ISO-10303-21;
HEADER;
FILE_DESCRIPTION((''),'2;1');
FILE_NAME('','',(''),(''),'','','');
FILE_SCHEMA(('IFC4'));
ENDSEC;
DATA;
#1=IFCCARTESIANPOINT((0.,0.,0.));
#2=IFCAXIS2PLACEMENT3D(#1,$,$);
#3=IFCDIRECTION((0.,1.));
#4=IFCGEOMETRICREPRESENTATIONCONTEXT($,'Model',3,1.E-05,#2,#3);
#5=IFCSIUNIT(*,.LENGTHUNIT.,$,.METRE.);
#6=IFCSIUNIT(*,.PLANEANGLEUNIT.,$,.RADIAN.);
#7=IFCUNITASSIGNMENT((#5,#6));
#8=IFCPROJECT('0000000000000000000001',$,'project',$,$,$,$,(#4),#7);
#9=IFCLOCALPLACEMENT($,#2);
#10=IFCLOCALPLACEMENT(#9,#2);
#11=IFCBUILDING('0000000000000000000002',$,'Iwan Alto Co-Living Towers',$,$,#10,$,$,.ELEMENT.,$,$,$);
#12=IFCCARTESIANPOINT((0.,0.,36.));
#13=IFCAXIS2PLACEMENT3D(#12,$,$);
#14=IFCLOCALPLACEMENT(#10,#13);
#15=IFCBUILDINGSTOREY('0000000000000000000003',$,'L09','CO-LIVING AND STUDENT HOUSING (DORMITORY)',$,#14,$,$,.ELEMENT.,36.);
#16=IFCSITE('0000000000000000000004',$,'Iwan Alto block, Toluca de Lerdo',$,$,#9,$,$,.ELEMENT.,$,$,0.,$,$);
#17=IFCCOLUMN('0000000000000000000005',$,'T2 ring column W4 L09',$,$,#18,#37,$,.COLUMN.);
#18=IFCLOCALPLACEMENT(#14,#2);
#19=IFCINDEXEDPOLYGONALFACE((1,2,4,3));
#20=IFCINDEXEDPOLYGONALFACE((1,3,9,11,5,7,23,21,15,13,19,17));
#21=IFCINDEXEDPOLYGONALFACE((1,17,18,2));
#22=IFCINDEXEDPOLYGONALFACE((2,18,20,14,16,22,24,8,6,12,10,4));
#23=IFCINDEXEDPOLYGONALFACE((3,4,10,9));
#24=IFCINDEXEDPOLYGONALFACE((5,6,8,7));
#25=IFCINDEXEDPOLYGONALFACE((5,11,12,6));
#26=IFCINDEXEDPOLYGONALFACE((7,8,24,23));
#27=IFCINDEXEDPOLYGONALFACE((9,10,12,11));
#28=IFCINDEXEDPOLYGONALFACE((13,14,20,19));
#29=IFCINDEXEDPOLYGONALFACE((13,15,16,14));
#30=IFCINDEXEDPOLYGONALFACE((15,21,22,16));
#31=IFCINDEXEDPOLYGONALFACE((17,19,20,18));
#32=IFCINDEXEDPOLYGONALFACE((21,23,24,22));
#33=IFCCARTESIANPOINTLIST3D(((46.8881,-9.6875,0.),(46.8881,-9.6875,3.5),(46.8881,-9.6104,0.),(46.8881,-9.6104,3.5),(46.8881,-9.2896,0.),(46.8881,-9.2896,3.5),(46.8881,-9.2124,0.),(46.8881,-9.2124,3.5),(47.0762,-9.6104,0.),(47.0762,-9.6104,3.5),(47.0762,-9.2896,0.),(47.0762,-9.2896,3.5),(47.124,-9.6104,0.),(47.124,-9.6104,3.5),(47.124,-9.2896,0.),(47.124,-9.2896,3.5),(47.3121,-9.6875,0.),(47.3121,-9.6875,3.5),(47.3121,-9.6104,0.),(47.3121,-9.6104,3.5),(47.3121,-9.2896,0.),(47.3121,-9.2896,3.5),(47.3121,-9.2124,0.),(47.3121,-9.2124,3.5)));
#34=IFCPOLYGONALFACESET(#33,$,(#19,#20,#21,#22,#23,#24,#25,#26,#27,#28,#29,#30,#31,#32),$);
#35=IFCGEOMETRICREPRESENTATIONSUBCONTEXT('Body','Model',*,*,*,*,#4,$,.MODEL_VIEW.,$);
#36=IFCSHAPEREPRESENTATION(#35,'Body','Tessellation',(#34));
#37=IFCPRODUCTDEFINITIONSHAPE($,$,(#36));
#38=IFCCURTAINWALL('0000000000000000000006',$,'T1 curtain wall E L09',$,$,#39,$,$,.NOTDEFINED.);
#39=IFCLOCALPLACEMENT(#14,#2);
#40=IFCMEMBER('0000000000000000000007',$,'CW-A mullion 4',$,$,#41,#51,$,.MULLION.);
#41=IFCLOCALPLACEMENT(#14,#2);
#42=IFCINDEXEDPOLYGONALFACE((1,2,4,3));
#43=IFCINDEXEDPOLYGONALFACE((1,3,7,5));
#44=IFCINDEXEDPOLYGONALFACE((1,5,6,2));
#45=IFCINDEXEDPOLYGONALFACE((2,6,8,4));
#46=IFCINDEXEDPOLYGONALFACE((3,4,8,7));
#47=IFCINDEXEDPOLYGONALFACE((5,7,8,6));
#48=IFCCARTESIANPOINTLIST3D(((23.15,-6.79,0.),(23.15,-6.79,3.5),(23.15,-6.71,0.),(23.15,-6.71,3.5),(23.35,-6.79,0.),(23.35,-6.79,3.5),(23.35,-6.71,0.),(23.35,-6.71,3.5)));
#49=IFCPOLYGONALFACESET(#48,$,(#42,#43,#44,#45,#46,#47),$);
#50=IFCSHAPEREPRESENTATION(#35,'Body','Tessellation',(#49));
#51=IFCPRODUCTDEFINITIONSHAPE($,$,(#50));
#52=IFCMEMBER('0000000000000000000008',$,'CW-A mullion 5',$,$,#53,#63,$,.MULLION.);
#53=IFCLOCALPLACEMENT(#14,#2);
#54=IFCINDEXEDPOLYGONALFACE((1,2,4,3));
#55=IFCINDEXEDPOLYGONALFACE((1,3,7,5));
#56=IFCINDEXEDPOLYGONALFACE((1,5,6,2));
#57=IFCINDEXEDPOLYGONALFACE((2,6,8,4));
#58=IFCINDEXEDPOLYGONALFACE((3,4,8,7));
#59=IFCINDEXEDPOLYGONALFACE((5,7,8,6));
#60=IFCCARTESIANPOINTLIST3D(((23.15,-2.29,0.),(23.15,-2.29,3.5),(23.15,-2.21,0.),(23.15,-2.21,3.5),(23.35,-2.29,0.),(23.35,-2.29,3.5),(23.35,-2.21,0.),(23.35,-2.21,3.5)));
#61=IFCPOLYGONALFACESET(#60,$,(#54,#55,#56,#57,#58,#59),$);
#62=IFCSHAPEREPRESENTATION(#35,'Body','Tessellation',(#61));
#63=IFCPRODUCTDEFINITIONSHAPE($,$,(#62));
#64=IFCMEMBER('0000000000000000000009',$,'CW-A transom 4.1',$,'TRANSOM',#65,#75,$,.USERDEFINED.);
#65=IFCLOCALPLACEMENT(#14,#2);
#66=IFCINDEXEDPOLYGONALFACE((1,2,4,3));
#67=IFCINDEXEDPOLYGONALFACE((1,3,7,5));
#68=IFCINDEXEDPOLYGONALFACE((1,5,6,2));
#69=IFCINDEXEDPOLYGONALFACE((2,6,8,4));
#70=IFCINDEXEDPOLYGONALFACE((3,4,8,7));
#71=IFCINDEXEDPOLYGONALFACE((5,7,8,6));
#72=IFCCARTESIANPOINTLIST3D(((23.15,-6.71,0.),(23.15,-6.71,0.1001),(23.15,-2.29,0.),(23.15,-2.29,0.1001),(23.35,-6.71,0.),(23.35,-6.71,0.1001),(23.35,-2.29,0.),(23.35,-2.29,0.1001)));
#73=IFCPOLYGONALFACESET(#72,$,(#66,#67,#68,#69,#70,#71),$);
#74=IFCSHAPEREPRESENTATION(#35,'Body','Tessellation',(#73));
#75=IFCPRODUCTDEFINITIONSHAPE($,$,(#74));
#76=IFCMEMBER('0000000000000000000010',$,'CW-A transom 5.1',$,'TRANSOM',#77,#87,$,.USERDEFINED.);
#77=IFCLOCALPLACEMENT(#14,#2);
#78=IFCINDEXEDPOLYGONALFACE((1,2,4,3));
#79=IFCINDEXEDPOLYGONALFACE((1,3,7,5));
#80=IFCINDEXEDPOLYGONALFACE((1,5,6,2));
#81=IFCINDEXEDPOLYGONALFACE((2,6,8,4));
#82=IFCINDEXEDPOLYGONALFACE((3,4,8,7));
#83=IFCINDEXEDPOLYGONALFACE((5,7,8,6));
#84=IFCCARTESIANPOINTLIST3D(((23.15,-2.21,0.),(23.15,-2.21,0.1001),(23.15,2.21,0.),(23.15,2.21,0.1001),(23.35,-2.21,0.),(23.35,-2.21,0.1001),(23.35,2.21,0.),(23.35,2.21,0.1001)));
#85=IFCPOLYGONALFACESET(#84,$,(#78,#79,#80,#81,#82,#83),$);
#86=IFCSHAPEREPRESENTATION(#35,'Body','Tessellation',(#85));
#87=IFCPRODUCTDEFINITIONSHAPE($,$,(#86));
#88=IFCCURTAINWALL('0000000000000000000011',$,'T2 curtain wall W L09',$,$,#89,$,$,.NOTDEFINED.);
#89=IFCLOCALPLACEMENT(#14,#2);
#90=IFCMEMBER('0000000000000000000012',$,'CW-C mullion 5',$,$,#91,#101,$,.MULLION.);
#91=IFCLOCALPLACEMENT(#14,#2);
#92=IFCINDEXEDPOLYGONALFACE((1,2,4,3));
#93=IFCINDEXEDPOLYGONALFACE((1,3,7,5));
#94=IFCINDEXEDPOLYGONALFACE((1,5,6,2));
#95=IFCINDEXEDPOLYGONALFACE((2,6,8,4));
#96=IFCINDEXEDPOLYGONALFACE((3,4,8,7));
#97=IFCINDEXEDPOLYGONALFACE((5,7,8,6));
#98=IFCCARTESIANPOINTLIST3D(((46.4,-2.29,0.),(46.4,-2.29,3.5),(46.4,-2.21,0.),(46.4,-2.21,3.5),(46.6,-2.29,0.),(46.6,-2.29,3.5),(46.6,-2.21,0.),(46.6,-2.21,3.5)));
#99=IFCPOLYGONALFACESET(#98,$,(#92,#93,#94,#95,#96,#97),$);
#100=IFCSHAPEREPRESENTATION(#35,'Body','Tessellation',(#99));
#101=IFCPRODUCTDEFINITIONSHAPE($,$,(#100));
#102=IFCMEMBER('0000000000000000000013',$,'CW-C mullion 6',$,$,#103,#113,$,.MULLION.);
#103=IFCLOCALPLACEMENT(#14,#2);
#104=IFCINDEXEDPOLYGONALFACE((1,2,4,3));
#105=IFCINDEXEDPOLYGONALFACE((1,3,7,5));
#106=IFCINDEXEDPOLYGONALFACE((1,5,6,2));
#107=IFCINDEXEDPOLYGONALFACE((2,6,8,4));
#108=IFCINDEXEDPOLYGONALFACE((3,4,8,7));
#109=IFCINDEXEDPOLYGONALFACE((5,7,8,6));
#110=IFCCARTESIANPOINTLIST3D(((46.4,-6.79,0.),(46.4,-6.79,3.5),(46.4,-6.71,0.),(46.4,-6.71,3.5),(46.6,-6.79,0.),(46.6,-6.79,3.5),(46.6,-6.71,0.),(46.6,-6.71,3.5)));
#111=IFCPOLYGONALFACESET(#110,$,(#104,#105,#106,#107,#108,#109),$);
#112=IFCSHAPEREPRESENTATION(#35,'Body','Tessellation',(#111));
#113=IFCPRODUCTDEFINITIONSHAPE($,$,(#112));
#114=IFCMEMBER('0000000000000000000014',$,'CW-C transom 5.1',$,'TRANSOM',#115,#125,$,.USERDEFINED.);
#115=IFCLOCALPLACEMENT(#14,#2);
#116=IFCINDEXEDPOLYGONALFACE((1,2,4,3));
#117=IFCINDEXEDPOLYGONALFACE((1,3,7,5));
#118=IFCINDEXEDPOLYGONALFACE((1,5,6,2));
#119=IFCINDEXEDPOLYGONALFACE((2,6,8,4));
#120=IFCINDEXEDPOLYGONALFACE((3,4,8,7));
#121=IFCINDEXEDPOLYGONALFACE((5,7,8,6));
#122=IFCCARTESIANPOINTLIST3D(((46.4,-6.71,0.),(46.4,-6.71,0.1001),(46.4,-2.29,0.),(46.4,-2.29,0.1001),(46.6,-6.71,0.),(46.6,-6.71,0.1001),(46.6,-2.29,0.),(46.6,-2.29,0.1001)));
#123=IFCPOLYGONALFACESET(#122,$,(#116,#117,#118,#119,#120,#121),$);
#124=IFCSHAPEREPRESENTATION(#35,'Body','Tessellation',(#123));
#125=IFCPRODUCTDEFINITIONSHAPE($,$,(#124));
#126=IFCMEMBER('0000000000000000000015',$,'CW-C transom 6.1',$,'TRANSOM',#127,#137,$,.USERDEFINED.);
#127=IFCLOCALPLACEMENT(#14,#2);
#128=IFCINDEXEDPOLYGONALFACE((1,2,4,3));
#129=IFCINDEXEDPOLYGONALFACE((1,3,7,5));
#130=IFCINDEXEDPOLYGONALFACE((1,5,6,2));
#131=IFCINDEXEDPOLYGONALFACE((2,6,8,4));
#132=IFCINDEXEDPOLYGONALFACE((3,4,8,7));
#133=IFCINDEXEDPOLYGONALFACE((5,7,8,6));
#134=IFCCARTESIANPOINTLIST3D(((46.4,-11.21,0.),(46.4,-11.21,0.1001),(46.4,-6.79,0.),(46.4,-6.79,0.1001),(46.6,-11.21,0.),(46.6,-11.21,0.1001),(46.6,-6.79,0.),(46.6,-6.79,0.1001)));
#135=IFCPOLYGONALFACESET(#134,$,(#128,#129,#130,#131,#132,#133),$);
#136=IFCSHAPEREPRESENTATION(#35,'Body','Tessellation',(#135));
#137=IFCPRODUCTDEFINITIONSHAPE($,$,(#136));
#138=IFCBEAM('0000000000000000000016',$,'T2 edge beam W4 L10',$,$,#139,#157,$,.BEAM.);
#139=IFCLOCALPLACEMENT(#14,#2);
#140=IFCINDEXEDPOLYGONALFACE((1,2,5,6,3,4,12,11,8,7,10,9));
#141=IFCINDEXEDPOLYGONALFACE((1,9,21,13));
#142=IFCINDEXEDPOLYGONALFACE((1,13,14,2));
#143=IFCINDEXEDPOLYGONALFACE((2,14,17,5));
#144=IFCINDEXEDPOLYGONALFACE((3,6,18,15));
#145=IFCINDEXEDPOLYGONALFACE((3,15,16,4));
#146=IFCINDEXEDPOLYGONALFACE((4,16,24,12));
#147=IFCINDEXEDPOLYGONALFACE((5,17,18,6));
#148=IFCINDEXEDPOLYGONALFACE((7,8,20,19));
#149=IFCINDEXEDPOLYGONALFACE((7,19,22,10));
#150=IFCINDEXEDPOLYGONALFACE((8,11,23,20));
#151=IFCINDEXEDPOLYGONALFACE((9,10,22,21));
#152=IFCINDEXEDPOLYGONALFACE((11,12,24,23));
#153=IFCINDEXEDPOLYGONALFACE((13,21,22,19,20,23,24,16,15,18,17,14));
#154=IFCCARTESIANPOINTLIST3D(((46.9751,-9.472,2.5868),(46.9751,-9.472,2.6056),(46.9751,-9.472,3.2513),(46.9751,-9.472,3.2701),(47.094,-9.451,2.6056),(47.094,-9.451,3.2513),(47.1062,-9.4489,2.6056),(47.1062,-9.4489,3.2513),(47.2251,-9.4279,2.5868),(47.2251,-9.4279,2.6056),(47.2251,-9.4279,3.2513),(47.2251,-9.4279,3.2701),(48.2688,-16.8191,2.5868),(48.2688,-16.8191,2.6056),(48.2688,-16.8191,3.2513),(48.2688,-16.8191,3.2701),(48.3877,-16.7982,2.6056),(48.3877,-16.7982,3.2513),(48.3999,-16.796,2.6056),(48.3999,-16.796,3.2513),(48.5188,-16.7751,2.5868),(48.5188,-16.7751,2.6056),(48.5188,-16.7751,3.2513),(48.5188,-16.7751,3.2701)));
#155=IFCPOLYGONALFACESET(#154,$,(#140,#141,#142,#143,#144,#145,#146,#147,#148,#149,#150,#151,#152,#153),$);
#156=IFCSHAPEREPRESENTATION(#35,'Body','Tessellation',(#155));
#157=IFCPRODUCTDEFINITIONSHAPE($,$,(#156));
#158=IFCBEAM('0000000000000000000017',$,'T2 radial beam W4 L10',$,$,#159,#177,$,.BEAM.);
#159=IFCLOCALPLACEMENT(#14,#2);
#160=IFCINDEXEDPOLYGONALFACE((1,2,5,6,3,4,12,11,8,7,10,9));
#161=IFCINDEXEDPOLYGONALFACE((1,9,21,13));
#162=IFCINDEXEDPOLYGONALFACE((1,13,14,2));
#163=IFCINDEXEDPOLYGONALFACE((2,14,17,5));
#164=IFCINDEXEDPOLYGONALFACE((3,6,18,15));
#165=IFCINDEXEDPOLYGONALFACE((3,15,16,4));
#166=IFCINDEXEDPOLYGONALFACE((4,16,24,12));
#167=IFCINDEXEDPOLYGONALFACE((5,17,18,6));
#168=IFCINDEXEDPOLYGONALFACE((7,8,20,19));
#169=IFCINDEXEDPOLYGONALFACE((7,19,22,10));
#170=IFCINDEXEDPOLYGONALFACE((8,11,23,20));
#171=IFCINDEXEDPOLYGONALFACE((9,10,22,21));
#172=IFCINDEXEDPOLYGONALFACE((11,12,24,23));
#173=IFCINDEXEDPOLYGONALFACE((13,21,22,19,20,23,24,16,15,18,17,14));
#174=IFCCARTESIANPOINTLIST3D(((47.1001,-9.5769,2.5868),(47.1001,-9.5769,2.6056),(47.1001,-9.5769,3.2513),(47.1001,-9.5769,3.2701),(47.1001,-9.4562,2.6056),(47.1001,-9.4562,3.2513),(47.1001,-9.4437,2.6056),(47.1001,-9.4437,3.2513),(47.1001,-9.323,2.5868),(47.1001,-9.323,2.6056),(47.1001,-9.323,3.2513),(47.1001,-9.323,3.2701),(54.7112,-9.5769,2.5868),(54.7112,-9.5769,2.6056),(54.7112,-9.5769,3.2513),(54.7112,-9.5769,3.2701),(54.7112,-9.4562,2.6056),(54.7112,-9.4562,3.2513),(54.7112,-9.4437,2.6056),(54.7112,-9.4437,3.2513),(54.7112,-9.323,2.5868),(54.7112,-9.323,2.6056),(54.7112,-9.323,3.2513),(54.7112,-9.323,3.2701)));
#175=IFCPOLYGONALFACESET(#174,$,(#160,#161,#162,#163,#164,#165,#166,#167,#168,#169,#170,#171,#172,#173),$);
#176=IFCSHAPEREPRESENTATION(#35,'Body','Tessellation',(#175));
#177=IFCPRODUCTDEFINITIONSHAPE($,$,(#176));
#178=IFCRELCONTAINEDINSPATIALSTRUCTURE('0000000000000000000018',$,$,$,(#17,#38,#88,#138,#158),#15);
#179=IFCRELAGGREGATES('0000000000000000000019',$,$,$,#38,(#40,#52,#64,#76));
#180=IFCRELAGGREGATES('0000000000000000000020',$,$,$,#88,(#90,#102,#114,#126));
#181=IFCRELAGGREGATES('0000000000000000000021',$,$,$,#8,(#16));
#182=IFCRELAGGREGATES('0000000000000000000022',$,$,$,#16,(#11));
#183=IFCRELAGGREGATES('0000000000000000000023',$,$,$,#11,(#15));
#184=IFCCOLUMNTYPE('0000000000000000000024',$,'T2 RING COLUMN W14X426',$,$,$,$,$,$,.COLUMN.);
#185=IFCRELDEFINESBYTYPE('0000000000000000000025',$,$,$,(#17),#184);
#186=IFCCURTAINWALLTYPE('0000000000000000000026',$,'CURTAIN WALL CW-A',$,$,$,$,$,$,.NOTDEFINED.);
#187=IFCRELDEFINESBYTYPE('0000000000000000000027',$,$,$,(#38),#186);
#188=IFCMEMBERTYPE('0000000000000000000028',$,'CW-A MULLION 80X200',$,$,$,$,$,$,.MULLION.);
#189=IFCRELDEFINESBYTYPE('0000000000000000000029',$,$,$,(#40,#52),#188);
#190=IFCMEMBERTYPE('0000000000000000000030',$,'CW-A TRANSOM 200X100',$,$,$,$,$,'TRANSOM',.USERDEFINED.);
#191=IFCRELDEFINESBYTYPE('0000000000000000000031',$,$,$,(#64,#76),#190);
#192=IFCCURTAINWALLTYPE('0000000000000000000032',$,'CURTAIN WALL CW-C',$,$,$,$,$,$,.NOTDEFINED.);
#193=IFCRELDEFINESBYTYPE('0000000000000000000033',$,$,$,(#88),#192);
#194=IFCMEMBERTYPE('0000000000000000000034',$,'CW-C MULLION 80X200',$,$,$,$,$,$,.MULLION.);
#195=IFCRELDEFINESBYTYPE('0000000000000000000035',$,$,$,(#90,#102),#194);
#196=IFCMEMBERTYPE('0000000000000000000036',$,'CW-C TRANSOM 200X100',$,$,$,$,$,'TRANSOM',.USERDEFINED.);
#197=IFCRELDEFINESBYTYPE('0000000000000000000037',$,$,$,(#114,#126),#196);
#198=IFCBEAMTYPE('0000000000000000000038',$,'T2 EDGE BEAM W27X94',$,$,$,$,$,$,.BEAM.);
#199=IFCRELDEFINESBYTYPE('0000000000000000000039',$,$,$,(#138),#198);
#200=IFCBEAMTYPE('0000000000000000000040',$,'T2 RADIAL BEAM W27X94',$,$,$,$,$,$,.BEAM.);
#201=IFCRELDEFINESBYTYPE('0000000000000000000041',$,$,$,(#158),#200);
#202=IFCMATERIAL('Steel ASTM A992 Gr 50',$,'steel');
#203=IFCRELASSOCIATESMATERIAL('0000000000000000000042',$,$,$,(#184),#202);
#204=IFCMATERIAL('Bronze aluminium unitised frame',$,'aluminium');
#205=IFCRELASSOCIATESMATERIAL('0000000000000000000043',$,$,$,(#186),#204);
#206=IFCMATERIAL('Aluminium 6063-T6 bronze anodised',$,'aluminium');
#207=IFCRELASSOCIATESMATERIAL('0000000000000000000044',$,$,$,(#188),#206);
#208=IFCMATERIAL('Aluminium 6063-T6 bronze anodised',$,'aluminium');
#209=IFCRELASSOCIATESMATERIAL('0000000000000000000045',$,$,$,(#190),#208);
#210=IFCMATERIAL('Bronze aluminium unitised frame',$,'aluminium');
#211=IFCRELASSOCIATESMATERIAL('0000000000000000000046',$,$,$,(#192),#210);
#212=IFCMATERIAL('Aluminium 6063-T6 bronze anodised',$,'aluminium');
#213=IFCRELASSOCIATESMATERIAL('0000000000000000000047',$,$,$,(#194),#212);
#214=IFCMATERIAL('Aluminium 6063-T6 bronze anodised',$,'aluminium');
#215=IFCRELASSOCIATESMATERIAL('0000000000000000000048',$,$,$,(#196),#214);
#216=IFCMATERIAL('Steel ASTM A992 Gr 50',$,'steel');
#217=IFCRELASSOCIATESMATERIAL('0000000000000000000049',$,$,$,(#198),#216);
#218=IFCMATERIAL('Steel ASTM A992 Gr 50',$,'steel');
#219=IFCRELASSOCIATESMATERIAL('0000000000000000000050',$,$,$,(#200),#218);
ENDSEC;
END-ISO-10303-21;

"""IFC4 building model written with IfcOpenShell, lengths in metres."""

from ifc_helpers import new_model, si_unit, direction, frame, origin, origin_2d, place, context, subcontext, project, spatial, rectangle, i_section, extrude, material, material_profile, profile_set, type_object, element, aggregate, save


model = new_model("IFC4")

# Units and contexts
model_context = context("Model", 3, precision=1e-05, world=origin(), true_north=direction((0.0, 1.0)))
body_context = subcontext(model_context, "Body", "Model", "MODEL_VIEW")
ifc_project = project(units=[si_unit("LENGTHUNIT", "METRE"), si_unit("PLANEANGLEUNIT", "RADIAN")], contexts=[model_context])

# Site, building, storey
site_placement = place(None, origin())
site = spatial("IfcSite", under=ifc_project, at=site_placement, Name="Iwan Alto block, Toluca de Lerdo", CompositionType="ELEMENT", RefElevation=0.0)
building_placement = place(site_placement, origin())
building = spatial("IfcBuilding", under=site, at=building_placement, Name="Iwan Alto Co-Living Towers", CompositionType="ELEMENT")
storey_placement = place(building_placement, frame((0.0, 0.0, 36.0)))
storey = spatial("IfcBuildingStorey", under=building, at=storey_placement, Name="L09", Description="CO-LIVING AND STUDENT HOUSING (DORMITORY)", CompositionType="ELEMENT", Elevation=36.0)

# Column
ifc_material_1 = material(Name="Steel ASTM A992 Gr 50", Category="steel")
ifc_material_profile_1 = material_profile(ifc_material_1, i_section(OverallWidth=0.4241, OverallDepth=0.4751, WebThickness=0.0479, FlangeThickness=0.0771, at=origin_2d()), Name="W14X426")
ifc_profile_set_1 = profile_set([ifc_material_profile_1], Name="Steel ASTM A992 Gr 50")
column_type = type_object("IfcColumnType", Name="T2 RING COLUMN W14X426", PredefinedType="COLUMN", material=ifc_profile_set_1)
column_placement = place(storey_placement, frame((47.1001, -9.45, 0.0), z_axis=(0.0, 0.0, 1.0), x_axis=(1.0, 0.0, 0.0)))
element("IfcColumn", 1, at=column_placement, inside=storey, type_object=column_type, Name="T2 ring column W4 L09", PredefinedType="COLUMN", context=body_context, shape_type="SweptSolid", body=[
    extrude(i_section(OverallWidth=0.4241, OverallDepth=0.4751, WebThickness=0.0479, FlangeThickness=0.0771, at=origin_2d()), origin(), (0.0, 0.0, 1.0), 3.5),
])

# Curtain walls, members
ifc_material_2 = material(Name="Bronze aluminium unitised frame", Category="aluminium")
curtain_wall_type_1 = type_object("IfcCurtainWallType", Name="CURTAIN WALL CW-A", PredefinedType="NOTDEFINED", material=ifc_material_2)
curtain_wall_1_placement = place(storey_placement, origin())
curtain_wall_1 = element("IfcCurtainWall", 2, at=curtain_wall_1_placement, inside=storey, type_object=curtain_wall_type_1, Name="T1 curtain wall E L09", PredefinedType="NOTDEFINED")
ifc_material_3 = material(Name="Aluminium 6063-T6 bronze anodised", Category="aluminium")
ifc_material_profile_2 = material_profile(ifc_material_3, rectangle(XDim=0.2, YDim=0.0801, at=origin_2d()), Name="AL 80X200")
ifc_profile_set_2 = profile_set([ifc_material_profile_2], Name="Aluminium 6063-T6 bronze anodised")
member_type_1 = type_object("IfcMemberType", Name="CW-A MULLION 80X200", PredefinedType="MULLION", material=ifc_profile_set_2)
member_1_placement = place(storey_placement, frame((23.25, -6.75, 0.0), z_axis=(0.0, 0.0, 1.0), x_axis=(-1.0, 0.0, 0.0)))
member_1 = element("IfcMember", 3, at=member_1_placement, type_object=member_type_1, Name="CW-A mullion 4", PredefinedType="MULLION", context=body_context, shape_type="SweptSolid", body=[
    extrude(rectangle(XDim=0.2, YDim=0.0801, at=origin_2d()), origin(), (0.0, 0.0, 1.0), 3.5),
])
member_2_placement = place(storey_placement, frame((23.25, -2.25, 0.0), z_axis=(0.0, 0.0, 1.0), x_axis=(-1.0, 0.0, 0.0)))
member_2 = element("IfcMember", 4, at=member_2_placement, type_object=member_type_1, Name="CW-A mullion 5", PredefinedType="MULLION", context=body_context, shape_type="SweptSolid", body=[
    extrude(rectangle(XDim=0.2, YDim=0.0801, at=origin_2d()), origin(), (0.0, 0.0, 1.0), 3.5),
])
ifc_material_4 = material(Name="Aluminium 6063-T6 bronze anodised", Category="aluminium")
ifc_material_profile_3 = material_profile(ifc_material_4, rectangle(XDim=0.2, YDim=0.1001, at=origin_2d()), Name="AL 200X100")
ifc_profile_set_3 = profile_set([ifc_material_profile_3], Name="Aluminium 6063-T6 bronze anodised")
member_type_2 = type_object("IfcMemberType", Name="CW-A TRANSOM 200X100", ElementType="TRANSOM", PredefinedType="USERDEFINED", material=ifc_profile_set_3)
member_3_placement = place(storey_placement, frame((23.25, -6.71, 0.05), z_axis=(0.0, 1.0, 0.0), x_axis=(-1.0, 0.0, 0.0)))
member_3 = element("IfcMember", 5, at=member_3_placement, type_object=member_type_2, Name="CW-A transom 4.1", ObjectType="TRANSOM", PredefinedType="USERDEFINED", context=body_context, shape_type="SweptSolid", body=[
    extrude(rectangle(XDim=0.2, YDim=0.1001, at=origin_2d()), origin(), (0.0, 0.0, 1.0), 4.4199),
])
member_4_placement = place(storey_placement, frame((23.25, -2.21, 0.05), z_axis=(0.0, 1.0, 0.0), x_axis=(-1.0, 0.0, 0.0)))
member_4 = element("IfcMember", 6, at=member_4_placement, type_object=member_type_2, Name="CW-A transom 5.1", ObjectType="TRANSOM", PredefinedType="USERDEFINED", context=body_context, shape_type="SweptSolid", body=[
    extrude(rectangle(XDim=0.2, YDim=0.1001, at=origin_2d()), origin(), (0.0, 0.0, 1.0), 4.4199),
])
ifc_material_5 = material(Name="Bronze aluminium unitised frame", Category="aluminium")
curtain_wall_type_2 = type_object("IfcCurtainWallType", Name="CURTAIN WALL CW-C", PredefinedType="NOTDEFINED", material=ifc_material_5)
curtain_wall_2_placement = place(storey_placement, origin())
curtain_wall_2 = element("IfcCurtainWall", 7, at=curtain_wall_2_placement, inside=storey, type_object=curtain_wall_type_2, Name="T2 curtain wall W L09", PredefinedType="NOTDEFINED")
ifc_material_6 = material(Name="Aluminium 6063-T6 bronze anodised", Category="aluminium")
ifc_material_profile_4 = material_profile(ifc_material_6, rectangle(XDim=0.2, YDim=0.0801, at=origin_2d()), Name="AL 80X200")
ifc_profile_set_4 = profile_set([ifc_material_profile_4], Name="Aluminium 6063-T6 bronze anodised")
member_type_3 = type_object("IfcMemberType", Name="CW-C MULLION 80X200", PredefinedType="MULLION", material=ifc_profile_set_4)
member_5_placement = place(storey_placement, frame((46.5, -2.25, 0.0), z_axis=(0.0, 0.0, 1.0), x_axis=(1.0, 0.0, 0.0)))
member_5 = element("IfcMember", 8, at=member_5_placement, type_object=member_type_3, Name="CW-C mullion 5", PredefinedType="MULLION", context=body_context, shape_type="SweptSolid", body=[
    extrude(rectangle(XDim=0.2, YDim=0.0801, at=origin_2d()), origin(), (0.0, 0.0, 1.0), 3.5),
])
member_6_placement = place(storey_placement, frame((46.5, -6.75, 0.0), z_axis=(0.0, 0.0, 1.0), x_axis=(1.0, 0.0, 0.0)))
member_6 = element("IfcMember", 9, at=member_6_placement, type_object=member_type_3, Name="CW-C mullion 6", PredefinedType="MULLION", context=body_context, shape_type="SweptSolid", body=[
    extrude(rectangle(XDim=0.2, YDim=0.0801, at=origin_2d()), origin(), (0.0, 0.0, 1.0), 3.5),
])
ifc_material_7 = material(Name="Aluminium 6063-T6 bronze anodised", Category="aluminium")
ifc_material_profile_5 = material_profile(ifc_material_7, rectangle(XDim=0.2, YDim=0.1001, at=origin_2d()), Name="AL 200X100")
ifc_profile_set_5 = profile_set([ifc_material_profile_5], Name="Aluminium 6063-T6 bronze anodised")
member_type_4 = type_object("IfcMemberType", Name="CW-C TRANSOM 200X100", ElementType="TRANSOM", PredefinedType="USERDEFINED", material=ifc_profile_set_5)
member_7_placement = place(storey_placement, frame((46.5, -2.29, 0.05), z_axis=(0.0, -1.0, 0.0), x_axis=(1.0, 0.0, 0.0)))
member_7 = element("IfcMember", 10, at=member_7_placement, type_object=member_type_4, Name="CW-C transom 5.1", ObjectType="TRANSOM", PredefinedType="USERDEFINED", context=body_context, shape_type="SweptSolid", body=[
    extrude(rectangle(XDim=0.2, YDim=0.1001, at=origin_2d()), origin(), (0.0, 0.0, 1.0), 4.4199),
])
member_8_placement = place(storey_placement, frame((46.5, -6.79, 0.05), z_axis=(0.0, -1.0, 0.0), x_axis=(1.0, 0.0, 0.0)))
member_8 = element("IfcMember", 11, at=member_8_placement, type_object=member_type_4, Name="CW-C transom 6.1", ObjectType="TRANSOM", PredefinedType="USERDEFINED", context=body_context, shape_type="SweptSolid", body=[
    extrude(rectangle(XDim=0.2, YDim=0.1001, at=origin_2d()), origin(), (0.0, 0.0, 1.0), 4.4199),
])

# Beams
ifc_material_8 = material(Name="Steel ASTM A992 Gr 50", Category="steel")
ifc_material_profile_6 = material_profile(ifc_material_8, i_section(OverallWidth=0.2539, OverallDepth=0.6833, WebThickness=0.0125, FlangeThickness=0.0188, at=origin_2d()), Name="W27X94")
ifc_profile_set_6 = profile_set([ifc_material_profile_6], Name="Steel ASTM A992 Gr 50")
beam_type_1 = type_object("IfcBeamType", Name="T2 EDGE BEAM W27X94", PredefinedType="BEAM", material=ifc_profile_set_6)
beam_1_placement = place(storey_placement, frame((47.1001, -9.45, 2.9285), z_axis=(0.173414, -0.984849, 0.0), x_axis=(0.984849, 0.173414, 0.0)))
element("IfcBeam", 12, at=beam_1_placement, inside=storey, type_object=beam_type_1, Name="T2 edge beam W4 L10", PredefinedType="BEAM", context=body_context, shape_type="SweptSolid", body=[
    extrude(i_section(OverallWidth=0.2539, OverallDepth=0.6833, WebThickness=0.0125, FlangeThickness=0.0188, at=origin_2d()), origin(), (0.0, 0.0, 1.0), 7.4602),
])
ifc_material_9 = material(Name="Steel ASTM A992 Gr 50", Category="steel")
ifc_material_profile_7 = material_profile(ifc_material_9, i_section(OverallWidth=0.2539, OverallDepth=0.6833, WebThickness=0.0125, FlangeThickness=0.0188, at=origin_2d()), Name="W27X94")
ifc_profile_set_7 = profile_set([ifc_material_profile_7], Name="Steel ASTM A992 Gr 50")
beam_type_2 = type_object("IfcBeamType", Name="T2 RADIAL BEAM W27X94", PredefinedType="BEAM", material=ifc_profile_set_7)
beam_2_placement = place(storey_placement, frame((47.1001, -9.45, 2.9285), z_axis=(1.0, 0.0, 0.0), x_axis=(0.0, 1.0, 0.0)))
element("IfcBeam", 13, at=beam_2_placement, inside=storey, type_object=beam_type_2, Name="T2 radial beam W4 L10", PredefinedType="BEAM", context=body_context, shape_type="SweptSolid", body=[
    extrude(i_section(OverallWidth=0.2539, OverallDepth=0.6833, WebThickness=0.0125, FlangeThickness=0.0188, at=origin_2d()), origin(), (0.0, 0.0, 1.0), 7.6111),
])

aggregate(curtain_wall_1, [member_1, member_2, member_3, member_4])
aggregate(curtain_wall_2, [member_5, member_6, member_7, member_8])

save(model, "model.ifc")
